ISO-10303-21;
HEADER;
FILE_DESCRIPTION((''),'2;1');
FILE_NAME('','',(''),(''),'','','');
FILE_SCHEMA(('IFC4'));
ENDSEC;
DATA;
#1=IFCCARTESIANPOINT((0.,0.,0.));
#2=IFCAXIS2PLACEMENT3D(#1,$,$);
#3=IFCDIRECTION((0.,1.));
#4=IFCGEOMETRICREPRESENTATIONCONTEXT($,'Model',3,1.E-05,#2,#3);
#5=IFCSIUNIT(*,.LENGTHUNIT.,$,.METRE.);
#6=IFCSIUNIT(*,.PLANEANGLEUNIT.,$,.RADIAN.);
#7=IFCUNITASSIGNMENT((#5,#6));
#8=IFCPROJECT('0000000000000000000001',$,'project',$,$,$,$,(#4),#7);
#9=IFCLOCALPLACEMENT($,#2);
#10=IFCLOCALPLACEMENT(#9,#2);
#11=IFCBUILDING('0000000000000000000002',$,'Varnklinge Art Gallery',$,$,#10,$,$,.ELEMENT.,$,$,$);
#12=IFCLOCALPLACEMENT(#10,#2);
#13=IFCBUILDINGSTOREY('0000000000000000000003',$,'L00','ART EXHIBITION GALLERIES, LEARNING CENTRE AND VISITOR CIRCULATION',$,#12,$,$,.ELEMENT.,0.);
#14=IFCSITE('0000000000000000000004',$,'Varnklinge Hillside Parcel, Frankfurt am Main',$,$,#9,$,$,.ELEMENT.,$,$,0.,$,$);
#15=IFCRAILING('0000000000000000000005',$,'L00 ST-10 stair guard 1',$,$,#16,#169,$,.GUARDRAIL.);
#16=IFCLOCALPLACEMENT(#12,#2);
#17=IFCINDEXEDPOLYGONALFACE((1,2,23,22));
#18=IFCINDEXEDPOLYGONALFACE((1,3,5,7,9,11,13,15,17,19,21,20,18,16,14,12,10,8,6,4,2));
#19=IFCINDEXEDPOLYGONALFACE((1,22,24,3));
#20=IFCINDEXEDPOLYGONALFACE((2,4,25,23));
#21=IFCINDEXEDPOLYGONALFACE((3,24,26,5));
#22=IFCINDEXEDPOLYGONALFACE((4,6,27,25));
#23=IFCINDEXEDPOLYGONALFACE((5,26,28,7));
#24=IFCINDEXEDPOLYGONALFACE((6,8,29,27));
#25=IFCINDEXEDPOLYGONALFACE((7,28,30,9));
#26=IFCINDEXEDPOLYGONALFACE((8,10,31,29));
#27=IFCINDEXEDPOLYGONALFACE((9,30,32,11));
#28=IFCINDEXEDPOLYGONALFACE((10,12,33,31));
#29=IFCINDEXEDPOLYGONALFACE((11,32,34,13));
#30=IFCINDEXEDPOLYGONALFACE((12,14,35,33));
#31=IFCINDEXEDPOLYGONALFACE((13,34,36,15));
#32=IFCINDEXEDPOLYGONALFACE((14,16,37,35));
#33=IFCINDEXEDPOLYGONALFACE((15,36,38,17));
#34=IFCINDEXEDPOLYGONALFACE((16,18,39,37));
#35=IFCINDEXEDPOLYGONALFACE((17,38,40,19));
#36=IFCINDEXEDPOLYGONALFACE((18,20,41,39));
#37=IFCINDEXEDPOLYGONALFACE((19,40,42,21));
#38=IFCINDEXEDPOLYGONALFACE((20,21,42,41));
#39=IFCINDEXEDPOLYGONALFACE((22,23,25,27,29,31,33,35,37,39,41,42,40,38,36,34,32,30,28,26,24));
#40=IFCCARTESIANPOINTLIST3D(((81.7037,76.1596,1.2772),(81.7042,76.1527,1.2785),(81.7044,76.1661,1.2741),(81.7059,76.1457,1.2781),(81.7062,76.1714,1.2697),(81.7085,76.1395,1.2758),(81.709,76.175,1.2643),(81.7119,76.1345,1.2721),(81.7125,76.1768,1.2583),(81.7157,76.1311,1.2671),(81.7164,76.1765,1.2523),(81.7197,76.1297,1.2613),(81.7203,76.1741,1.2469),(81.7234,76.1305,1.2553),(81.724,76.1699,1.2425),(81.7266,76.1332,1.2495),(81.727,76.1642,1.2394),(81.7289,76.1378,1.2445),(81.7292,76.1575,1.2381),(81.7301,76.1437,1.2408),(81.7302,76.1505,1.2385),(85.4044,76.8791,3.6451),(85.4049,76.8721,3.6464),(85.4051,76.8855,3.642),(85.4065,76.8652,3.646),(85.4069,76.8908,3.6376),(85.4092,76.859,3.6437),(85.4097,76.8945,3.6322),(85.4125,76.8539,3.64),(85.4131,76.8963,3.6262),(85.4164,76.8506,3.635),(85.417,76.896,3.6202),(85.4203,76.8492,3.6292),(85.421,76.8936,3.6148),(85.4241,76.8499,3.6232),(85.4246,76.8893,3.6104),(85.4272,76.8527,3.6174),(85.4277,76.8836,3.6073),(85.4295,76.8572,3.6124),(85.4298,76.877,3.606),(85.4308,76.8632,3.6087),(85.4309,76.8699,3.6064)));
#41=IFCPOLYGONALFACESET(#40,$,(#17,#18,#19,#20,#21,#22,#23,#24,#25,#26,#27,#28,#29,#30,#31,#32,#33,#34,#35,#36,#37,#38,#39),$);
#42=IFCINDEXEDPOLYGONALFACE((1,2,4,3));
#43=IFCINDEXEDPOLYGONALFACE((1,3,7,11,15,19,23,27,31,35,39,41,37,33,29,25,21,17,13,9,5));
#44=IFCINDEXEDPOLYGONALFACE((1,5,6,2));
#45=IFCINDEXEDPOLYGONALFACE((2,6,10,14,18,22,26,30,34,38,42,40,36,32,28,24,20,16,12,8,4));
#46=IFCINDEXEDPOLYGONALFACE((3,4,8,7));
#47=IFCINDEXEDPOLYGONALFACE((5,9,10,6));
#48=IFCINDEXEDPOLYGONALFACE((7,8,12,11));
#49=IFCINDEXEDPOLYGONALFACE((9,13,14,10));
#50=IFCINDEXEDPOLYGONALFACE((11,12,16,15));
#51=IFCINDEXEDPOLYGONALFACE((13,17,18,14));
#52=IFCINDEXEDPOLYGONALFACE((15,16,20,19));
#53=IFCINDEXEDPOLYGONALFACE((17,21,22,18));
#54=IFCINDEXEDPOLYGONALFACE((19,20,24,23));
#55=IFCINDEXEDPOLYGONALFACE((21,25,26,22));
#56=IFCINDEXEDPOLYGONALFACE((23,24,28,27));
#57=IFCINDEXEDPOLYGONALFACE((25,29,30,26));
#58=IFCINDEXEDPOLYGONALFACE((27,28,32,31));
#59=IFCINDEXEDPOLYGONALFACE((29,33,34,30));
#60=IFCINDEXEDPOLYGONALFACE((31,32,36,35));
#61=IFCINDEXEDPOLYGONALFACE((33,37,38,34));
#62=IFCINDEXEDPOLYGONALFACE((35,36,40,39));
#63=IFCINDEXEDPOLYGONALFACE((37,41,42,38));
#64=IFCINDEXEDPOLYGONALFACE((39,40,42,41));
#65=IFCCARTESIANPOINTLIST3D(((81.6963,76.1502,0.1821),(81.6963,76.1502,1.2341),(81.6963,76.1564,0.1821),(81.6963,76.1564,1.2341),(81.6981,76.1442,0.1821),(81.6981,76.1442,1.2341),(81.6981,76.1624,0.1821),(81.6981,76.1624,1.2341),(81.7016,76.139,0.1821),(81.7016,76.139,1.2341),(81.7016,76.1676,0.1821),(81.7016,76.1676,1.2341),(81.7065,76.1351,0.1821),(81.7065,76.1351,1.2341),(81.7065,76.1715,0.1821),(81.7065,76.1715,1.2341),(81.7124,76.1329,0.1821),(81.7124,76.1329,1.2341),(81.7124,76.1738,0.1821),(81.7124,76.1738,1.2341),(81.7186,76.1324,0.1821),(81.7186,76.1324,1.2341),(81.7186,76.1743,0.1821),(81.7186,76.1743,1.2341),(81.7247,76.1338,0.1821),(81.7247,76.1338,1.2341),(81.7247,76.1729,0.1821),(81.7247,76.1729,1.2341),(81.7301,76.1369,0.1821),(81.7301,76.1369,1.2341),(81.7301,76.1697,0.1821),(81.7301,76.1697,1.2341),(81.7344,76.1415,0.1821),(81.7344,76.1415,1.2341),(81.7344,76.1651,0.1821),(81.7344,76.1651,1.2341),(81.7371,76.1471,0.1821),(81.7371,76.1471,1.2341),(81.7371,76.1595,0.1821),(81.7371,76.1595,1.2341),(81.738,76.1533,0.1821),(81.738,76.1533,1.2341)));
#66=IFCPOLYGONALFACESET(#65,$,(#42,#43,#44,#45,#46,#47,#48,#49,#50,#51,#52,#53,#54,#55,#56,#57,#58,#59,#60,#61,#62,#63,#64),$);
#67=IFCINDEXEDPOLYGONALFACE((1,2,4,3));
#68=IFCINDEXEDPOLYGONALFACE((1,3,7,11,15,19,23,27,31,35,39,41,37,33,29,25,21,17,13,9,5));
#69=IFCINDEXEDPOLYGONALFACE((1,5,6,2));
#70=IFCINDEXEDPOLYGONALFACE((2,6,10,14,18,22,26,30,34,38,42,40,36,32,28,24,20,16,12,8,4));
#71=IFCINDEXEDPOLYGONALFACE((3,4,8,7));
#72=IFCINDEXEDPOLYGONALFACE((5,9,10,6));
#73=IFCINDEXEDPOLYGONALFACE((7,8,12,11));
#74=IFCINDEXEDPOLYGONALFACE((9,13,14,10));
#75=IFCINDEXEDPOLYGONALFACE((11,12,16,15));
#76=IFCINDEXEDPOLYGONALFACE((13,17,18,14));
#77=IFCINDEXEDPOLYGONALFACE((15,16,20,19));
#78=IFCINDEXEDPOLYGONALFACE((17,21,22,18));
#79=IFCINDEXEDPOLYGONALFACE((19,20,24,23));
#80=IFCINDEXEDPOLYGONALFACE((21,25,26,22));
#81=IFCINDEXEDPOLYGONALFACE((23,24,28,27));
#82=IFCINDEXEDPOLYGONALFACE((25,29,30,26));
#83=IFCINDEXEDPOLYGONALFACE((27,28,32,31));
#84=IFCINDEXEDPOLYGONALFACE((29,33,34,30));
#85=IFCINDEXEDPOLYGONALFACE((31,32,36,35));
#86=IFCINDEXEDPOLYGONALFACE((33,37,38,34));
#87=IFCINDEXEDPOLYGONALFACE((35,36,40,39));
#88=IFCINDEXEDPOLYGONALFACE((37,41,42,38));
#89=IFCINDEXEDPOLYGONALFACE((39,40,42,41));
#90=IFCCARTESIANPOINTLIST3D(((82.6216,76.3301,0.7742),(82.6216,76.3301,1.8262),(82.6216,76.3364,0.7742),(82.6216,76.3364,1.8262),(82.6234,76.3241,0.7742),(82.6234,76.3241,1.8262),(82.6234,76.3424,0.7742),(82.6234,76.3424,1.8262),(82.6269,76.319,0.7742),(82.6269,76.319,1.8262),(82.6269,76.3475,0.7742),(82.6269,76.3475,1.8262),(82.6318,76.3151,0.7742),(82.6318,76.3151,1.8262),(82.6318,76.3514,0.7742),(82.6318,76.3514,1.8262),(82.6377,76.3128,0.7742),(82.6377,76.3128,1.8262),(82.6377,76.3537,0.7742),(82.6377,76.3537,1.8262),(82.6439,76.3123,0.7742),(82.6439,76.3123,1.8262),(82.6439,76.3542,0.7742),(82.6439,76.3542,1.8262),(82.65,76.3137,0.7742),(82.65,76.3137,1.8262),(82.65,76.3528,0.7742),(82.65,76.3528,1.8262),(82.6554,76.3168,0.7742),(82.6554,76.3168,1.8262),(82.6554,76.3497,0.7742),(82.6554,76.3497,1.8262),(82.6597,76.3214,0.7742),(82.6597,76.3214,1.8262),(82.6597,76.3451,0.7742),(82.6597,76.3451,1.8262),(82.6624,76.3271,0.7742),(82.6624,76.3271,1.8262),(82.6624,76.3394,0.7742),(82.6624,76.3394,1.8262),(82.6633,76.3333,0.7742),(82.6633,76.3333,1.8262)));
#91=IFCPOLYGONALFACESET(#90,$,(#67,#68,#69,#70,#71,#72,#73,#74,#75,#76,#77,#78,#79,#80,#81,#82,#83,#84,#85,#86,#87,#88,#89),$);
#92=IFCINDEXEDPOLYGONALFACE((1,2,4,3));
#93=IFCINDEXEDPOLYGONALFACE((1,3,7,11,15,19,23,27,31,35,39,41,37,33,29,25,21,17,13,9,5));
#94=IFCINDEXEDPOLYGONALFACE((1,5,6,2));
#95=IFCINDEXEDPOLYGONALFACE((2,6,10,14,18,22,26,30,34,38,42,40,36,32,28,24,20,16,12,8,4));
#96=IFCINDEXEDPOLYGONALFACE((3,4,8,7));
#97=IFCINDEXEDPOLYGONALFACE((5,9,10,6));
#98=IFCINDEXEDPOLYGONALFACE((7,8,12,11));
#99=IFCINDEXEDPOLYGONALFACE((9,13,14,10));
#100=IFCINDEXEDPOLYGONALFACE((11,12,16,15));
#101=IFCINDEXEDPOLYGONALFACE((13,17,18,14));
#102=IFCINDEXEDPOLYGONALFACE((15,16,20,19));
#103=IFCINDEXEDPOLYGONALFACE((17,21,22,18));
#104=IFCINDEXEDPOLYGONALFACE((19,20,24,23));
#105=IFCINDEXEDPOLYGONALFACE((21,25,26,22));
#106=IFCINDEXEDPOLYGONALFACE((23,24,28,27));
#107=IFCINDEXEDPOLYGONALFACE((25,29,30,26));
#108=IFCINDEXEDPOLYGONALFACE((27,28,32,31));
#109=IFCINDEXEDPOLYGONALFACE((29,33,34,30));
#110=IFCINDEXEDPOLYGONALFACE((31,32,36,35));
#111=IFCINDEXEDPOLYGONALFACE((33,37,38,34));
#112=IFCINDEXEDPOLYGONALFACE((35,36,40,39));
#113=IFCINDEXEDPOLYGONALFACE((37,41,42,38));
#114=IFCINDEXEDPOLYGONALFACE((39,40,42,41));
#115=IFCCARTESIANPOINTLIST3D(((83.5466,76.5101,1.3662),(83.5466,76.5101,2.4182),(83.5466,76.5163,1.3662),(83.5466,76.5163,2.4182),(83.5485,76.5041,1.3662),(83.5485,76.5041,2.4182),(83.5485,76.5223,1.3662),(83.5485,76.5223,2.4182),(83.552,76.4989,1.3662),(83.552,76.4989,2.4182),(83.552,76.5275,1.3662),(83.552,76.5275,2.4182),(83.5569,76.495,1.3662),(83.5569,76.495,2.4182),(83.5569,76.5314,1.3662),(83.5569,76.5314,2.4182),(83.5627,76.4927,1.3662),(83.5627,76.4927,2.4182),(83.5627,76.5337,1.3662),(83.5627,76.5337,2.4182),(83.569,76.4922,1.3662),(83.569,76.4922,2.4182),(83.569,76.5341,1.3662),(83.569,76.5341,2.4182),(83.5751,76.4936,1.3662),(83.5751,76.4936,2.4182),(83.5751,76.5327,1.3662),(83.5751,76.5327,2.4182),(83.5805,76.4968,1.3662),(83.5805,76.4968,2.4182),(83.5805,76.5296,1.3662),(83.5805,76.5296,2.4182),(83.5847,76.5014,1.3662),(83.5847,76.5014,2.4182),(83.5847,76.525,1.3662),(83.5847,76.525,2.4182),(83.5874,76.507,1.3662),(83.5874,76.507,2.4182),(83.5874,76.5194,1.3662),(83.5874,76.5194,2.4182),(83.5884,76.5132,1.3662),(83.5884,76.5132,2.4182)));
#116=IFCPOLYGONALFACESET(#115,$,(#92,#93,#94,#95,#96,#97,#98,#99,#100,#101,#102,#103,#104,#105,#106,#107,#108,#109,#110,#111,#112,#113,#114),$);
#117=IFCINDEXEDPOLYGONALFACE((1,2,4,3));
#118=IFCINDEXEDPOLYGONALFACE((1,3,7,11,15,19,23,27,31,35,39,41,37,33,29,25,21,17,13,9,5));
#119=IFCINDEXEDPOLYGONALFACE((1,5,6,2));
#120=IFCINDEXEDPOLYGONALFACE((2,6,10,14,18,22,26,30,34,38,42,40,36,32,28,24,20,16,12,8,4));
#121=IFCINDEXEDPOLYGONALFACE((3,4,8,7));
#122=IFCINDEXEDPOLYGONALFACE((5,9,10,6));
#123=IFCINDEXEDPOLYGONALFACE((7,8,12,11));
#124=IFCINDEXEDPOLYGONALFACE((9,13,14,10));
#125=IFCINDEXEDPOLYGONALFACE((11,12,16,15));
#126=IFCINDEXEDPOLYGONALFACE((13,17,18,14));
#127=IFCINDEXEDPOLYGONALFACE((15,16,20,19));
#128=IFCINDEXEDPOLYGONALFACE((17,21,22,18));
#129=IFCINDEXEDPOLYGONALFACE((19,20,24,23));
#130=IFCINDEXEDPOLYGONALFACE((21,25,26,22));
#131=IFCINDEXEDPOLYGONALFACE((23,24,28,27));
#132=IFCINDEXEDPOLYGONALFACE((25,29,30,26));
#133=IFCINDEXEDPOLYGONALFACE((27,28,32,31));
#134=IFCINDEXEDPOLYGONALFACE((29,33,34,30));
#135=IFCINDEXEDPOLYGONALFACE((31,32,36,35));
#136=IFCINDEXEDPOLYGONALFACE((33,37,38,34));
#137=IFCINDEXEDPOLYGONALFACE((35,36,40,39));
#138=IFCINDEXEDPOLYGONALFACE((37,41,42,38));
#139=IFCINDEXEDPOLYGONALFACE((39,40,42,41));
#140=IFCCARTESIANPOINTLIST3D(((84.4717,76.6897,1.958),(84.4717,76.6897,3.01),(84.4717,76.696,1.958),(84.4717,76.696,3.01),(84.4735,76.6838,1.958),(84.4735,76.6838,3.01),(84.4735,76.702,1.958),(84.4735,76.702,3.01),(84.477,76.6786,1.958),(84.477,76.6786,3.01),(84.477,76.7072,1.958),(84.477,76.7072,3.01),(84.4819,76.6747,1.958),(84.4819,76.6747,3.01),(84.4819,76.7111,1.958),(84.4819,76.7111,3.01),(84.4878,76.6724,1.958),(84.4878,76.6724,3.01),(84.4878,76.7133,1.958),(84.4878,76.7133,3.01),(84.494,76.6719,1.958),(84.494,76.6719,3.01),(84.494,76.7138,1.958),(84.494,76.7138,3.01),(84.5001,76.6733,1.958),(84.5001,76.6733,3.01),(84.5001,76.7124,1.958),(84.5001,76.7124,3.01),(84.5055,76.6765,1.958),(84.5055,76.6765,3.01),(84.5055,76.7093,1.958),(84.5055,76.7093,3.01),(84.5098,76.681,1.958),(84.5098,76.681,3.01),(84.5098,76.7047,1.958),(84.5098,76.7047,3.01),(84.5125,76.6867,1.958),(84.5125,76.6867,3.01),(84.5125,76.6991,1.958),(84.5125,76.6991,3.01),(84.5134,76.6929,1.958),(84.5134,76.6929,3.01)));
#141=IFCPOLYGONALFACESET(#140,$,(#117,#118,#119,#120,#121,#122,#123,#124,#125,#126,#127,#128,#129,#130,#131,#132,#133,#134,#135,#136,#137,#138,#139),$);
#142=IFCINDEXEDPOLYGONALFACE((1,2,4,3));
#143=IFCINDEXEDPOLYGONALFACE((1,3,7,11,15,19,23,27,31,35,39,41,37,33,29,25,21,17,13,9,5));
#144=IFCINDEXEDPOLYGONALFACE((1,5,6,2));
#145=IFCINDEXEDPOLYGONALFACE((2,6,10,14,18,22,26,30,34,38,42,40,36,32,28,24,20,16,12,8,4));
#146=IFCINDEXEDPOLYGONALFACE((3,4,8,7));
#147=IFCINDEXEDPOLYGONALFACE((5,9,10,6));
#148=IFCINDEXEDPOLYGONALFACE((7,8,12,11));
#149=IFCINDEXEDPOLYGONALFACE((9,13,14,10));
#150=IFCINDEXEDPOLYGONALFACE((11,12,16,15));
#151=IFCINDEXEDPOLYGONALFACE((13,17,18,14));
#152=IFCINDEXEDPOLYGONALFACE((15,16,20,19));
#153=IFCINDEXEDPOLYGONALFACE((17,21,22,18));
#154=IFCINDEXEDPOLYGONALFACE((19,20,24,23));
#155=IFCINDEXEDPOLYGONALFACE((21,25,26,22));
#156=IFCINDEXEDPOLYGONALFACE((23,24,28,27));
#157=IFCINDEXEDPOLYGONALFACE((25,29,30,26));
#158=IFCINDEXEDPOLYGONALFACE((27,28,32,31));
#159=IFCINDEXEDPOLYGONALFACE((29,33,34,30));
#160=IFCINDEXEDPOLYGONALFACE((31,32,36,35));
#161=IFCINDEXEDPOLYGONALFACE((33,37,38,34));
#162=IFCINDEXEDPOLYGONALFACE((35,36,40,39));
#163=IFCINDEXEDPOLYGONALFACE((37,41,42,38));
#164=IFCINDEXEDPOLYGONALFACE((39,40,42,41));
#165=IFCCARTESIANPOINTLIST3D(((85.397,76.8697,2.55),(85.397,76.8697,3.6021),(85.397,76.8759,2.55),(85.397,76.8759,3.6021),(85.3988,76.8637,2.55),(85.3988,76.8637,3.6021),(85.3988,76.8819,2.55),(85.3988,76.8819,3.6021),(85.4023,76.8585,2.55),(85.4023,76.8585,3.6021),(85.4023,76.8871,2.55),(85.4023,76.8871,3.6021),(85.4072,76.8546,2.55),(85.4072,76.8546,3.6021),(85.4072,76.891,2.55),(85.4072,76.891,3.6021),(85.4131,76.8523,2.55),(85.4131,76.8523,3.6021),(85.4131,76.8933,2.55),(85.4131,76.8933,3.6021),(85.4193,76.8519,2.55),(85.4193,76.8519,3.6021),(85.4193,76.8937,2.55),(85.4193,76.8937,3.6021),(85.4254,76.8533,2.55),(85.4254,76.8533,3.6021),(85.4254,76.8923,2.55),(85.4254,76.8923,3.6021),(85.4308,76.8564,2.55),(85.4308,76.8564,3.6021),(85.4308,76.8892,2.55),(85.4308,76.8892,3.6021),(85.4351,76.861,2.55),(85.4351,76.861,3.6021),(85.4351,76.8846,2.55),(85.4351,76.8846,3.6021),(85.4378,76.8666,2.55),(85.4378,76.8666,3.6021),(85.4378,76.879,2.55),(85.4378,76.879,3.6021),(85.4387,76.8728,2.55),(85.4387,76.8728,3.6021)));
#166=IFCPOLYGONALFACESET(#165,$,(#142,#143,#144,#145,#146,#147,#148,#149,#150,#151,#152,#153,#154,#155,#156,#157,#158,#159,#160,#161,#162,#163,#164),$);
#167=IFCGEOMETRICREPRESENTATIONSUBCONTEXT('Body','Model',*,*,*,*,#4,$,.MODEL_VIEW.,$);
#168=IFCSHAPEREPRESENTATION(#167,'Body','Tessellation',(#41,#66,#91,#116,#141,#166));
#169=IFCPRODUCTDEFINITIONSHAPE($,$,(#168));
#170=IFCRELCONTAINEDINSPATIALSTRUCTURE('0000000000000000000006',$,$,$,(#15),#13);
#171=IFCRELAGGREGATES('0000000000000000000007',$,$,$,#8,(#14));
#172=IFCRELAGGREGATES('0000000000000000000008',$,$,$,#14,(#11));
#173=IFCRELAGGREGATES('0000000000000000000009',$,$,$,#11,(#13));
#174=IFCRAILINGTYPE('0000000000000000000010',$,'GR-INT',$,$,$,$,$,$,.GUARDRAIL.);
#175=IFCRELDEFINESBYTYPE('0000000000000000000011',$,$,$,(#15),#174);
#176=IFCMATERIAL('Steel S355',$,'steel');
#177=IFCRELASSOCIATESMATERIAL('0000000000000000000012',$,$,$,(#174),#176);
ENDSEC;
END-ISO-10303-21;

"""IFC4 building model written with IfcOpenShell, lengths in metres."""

from ifc_helpers import new_model, si_unit, direction, frame, origin, origin_2d, place, context, subcontext, project, spatial, circle, extrude, material, type_object, element, save


model = new_model("IFC4")

# Units and contexts
model_context = context("Model", 3, precision=1e-05, world=origin(), true_north=direction((0.0, 1.0)))
body_context = subcontext(model_context, "Body", "Model", "MODEL_VIEW")
ifc_project = project(units=[si_unit("LENGTHUNIT", "METRE"), si_unit("PLANEANGLEUNIT", "RADIAN")], contexts=[model_context])

# Site, building, storey
site_placement = place(None, origin())
site = spatial("IfcSite", under=ifc_project, at=site_placement, Name="Varnklinge Hillside Parcel, Frankfurt am Main", CompositionType="ELEMENT", RefElevation=0.0)
building_placement = place(site_placement, origin())
building = spatial("IfcBuilding", under=site, at=building_placement, Name="Varnklinge Art Gallery", CompositionType="ELEMENT")
storey_placement = place(building_placement, origin())
storey = spatial("IfcBuildingStorey", under=building, at=storey_placement, Name="L00", Description="ART EXHIBITION GALLERIES, LEARNING CENTRE AND VISITOR CIRCULATION", CompositionType="ELEMENT", Elevation=0.0)

# Railing
ifc_material_1 = material(Name="Steel S355", Category="steel")
railing_type_1 = type_object("IfcRailingType", Name="GR-INT", PredefinedType="GUARDRAIL", material=ifc_material_1)
railing_1_placement = place(storey_placement, frame((81.717, 76.1533, 0.1821)))
element("IfcRailing", 1, at=railing_1_placement, inside=storey, type_object=railing_type_1, Name="L00 ST-10 stair guard 1", PredefinedType="GUARDRAIL", context=body_context, shape_type="SweptSolid", body=[
    extrude(circle(Radius=0.0239, at=origin_2d()), frame((0.0, 0.0, 1.0762), z_axis=(0.831252, 0.161611, 0.531885), x_axis=(-0.190845, 0.98162, 0.0)), (0.0, 0.0, 1.0), 4.4519),
    extrude(circle(Radius=0.021, at=origin_2d()), origin(), (0.0, 0.0, 1.0), 1.052),
    extrude(circle(Radius=0.021, at=origin_2d()), frame((0.9253, 0.1799, 0.592)), (0.0, 0.0, 1.0), 1.052),
    extrude(circle(Radius=0.021, at=origin_2d()), frame((1.8503, 0.3599, 1.1841)), (0.0, 0.0, 1.0), 1.052),
    extrude(circle(Radius=0.021, at=origin_2d()), frame((2.7754, 0.5396, 1.7759)), (0.0, 0.0, 1.0), 1.052),
    extrude(circle(Radius=0.021, at=origin_2d()), frame((3.7007, 0.7195, 2.3679)), (0.0, 0.0, 1.0), 1.052),
])

save(model, "model.ifc")
